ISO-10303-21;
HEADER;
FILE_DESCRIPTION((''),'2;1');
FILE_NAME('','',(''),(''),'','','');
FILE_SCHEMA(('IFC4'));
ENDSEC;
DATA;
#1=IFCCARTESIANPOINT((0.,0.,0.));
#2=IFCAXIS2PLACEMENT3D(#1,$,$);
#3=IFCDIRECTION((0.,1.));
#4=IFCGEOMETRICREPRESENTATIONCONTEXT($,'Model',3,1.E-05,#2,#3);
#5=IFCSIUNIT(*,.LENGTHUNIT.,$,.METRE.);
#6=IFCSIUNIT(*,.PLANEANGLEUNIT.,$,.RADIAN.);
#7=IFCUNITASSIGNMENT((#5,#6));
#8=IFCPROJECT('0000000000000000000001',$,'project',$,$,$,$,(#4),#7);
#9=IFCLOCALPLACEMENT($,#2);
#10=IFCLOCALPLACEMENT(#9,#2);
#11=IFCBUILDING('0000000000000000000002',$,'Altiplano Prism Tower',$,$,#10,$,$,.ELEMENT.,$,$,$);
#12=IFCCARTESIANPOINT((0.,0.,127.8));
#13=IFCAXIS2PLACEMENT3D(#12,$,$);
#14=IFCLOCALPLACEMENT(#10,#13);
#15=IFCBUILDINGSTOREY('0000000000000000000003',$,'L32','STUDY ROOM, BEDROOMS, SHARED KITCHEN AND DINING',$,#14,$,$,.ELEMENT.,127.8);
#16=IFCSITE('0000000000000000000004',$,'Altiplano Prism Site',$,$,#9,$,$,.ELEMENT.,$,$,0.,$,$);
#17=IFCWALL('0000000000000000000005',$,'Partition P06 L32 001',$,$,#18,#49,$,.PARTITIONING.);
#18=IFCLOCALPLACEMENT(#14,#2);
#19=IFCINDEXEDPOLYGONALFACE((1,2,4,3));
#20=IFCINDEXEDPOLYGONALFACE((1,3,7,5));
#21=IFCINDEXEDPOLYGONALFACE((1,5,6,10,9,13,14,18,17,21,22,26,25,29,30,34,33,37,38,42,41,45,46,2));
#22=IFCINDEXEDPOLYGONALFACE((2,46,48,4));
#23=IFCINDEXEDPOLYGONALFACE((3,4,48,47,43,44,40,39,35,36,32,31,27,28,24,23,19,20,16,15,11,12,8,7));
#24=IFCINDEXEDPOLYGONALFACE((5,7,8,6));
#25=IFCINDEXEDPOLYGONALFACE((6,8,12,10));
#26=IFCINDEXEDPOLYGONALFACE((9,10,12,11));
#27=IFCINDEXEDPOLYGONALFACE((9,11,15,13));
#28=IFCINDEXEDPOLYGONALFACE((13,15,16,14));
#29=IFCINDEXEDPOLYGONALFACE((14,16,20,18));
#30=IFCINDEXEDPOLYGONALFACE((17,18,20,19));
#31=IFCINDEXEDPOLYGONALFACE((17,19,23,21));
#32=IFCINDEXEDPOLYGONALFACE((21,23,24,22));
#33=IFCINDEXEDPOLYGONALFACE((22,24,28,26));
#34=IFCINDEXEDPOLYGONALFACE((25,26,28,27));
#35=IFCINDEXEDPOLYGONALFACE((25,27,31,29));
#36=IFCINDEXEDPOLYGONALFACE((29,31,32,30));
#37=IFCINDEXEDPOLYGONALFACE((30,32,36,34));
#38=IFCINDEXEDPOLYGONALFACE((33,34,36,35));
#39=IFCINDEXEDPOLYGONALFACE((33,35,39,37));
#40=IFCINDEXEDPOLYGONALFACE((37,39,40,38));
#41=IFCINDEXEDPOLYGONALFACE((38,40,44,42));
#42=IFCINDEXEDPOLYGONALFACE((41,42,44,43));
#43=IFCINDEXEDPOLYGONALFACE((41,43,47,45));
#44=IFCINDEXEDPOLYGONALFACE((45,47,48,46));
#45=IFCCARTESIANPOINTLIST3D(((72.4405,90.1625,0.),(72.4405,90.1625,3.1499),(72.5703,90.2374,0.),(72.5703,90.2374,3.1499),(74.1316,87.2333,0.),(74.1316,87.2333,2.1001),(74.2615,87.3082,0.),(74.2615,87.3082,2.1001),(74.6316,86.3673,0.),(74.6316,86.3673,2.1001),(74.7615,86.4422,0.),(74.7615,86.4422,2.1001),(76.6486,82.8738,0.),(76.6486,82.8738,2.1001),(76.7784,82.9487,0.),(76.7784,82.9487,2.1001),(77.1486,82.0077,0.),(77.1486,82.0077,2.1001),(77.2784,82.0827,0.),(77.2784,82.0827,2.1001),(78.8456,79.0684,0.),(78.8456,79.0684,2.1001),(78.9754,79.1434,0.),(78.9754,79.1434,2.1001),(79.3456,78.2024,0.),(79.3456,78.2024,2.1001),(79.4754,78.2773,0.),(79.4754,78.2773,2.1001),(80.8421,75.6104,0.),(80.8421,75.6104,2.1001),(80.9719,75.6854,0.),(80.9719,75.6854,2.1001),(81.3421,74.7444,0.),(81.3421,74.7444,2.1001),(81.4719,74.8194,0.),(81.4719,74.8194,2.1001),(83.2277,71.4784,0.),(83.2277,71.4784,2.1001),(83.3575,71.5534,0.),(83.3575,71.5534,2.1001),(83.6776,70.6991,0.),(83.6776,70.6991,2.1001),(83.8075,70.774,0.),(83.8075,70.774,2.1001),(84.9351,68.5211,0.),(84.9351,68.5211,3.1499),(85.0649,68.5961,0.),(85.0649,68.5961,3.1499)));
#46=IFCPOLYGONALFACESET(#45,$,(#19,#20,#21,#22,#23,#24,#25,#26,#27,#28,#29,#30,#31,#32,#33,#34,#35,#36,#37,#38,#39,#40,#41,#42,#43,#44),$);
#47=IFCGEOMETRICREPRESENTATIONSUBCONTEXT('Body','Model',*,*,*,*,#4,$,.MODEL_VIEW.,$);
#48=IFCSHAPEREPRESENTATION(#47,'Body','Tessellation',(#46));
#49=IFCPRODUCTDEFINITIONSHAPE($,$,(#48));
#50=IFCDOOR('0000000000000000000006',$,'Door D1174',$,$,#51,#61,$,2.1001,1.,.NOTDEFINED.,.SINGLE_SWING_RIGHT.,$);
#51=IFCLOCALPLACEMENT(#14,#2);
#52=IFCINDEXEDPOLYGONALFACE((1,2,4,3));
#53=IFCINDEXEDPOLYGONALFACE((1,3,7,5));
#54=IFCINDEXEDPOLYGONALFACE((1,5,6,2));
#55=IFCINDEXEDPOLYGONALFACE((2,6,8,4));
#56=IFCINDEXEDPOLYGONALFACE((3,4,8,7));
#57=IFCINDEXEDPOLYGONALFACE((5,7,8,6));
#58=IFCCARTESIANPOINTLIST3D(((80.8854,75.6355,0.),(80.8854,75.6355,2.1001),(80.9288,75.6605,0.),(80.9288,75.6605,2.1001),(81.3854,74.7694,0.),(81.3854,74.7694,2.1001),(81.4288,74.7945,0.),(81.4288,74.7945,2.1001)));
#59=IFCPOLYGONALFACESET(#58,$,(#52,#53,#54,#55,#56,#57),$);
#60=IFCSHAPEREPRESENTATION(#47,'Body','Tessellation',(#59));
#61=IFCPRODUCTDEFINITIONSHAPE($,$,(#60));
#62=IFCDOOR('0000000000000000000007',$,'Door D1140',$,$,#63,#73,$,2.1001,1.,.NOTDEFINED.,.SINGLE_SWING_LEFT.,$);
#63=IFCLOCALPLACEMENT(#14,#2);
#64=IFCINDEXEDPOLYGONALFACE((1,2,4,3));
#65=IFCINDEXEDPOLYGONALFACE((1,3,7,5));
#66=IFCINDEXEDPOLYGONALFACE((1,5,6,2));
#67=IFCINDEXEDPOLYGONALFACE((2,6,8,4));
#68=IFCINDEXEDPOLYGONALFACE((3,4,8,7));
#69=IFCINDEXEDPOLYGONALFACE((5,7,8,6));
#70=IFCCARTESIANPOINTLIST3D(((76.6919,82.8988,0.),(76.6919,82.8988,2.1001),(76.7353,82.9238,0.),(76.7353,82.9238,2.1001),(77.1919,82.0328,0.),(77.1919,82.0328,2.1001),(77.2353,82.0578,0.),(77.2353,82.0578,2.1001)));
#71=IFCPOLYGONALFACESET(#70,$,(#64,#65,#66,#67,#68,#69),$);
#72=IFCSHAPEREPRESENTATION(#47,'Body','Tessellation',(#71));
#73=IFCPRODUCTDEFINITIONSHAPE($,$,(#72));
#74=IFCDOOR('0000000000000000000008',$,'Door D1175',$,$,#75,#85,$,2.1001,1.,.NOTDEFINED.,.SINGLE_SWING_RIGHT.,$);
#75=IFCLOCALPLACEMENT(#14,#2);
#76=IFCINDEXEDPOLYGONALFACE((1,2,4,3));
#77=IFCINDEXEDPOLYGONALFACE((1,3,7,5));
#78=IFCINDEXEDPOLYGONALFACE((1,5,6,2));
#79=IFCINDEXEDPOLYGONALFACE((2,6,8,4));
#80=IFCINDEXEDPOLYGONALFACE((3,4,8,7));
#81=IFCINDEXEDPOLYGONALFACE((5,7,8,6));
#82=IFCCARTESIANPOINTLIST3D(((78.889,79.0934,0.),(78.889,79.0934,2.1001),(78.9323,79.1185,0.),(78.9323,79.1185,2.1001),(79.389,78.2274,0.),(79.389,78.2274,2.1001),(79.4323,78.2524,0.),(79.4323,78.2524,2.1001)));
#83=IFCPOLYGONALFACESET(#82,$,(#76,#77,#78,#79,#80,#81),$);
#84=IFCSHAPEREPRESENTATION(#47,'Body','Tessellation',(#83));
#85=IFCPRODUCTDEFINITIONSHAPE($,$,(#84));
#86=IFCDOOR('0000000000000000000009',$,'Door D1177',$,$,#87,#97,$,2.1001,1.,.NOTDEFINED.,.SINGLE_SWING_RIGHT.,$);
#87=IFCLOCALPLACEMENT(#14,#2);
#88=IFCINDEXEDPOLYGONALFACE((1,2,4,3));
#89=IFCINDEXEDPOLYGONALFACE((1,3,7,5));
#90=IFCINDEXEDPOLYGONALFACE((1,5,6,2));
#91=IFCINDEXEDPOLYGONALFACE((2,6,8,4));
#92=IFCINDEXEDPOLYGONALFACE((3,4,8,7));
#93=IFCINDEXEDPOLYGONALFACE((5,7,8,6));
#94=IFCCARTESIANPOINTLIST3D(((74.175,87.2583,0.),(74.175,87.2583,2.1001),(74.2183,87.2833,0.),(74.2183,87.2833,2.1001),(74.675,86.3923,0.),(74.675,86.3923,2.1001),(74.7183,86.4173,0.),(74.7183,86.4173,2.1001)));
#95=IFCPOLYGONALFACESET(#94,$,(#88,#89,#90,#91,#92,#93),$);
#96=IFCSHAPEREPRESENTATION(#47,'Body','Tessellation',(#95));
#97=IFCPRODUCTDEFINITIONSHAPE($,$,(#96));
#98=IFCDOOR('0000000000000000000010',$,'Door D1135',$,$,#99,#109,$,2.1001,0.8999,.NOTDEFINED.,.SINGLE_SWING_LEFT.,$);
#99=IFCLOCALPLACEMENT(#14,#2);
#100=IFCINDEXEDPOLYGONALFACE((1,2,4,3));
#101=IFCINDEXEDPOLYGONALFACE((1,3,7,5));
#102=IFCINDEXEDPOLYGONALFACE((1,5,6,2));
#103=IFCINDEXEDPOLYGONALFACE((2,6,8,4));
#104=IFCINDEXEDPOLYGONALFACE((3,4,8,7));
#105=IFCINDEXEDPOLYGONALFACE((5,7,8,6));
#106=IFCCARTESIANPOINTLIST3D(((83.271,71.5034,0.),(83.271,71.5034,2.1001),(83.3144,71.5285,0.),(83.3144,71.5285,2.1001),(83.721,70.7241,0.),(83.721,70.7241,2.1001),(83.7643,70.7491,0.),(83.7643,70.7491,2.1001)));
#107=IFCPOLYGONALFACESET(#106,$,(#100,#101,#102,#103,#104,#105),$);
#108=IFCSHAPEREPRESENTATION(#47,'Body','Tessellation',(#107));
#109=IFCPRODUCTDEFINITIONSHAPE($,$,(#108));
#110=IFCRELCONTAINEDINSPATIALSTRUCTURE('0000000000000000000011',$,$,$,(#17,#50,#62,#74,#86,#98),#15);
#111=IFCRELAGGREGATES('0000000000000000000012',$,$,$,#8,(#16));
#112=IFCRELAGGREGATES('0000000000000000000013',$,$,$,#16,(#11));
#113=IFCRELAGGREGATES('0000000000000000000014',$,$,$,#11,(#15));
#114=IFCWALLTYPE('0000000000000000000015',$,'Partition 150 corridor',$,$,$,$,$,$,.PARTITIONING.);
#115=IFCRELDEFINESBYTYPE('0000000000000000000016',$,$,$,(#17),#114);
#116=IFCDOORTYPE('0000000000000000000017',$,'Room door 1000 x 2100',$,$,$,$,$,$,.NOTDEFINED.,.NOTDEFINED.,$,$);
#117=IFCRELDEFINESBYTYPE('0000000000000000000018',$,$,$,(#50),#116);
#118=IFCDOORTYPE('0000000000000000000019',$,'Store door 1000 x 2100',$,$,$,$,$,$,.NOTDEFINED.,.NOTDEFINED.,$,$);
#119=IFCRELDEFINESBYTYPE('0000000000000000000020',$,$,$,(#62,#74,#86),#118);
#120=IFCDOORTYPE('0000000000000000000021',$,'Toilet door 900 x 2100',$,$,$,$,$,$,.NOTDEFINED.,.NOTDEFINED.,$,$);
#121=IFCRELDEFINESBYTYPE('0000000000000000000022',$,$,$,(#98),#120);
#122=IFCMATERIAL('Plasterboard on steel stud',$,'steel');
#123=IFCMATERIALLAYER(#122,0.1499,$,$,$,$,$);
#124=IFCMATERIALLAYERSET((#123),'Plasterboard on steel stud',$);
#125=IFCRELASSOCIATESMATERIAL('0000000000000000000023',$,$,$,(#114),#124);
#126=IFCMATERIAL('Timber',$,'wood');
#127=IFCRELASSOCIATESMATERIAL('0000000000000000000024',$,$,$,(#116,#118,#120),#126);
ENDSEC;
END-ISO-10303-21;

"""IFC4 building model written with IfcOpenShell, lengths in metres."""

from ifc_helpers import new_model, si_unit, direction, frame, frame_2d, origin, place, context, subcontext, project, spatial, rectangle, extrude, material, layer, layer_set, type_object, element, fill, save


model = new_model("IFC4")

# Units and contexts
model_context = context("Model", 3, precision=1e-05, world=origin(), true_north=direction((0.0, 1.0)))
body_context = subcontext(model_context, "Body", "Model", "MODEL_VIEW")
ifc_project = project(units=[si_unit("LENGTHUNIT", "METRE"), si_unit("PLANEANGLEUNIT", "RADIAN")], contexts=[model_context])

# Site, building, storey
site_placement = place(None, origin())
site = spatial("IfcSite", under=ifc_project, at=site_placement, Name="Altiplano Prism Site", CompositionType="ELEMENT", RefElevation=0.0)
building_placement = place(site_placement, origin())
building = spatial("IfcBuilding", under=site, at=building_placement, Name="Altiplano Prism Tower", CompositionType="ELEMENT")
storey_placement = place(building_placement, frame((0.0, 0.0, 127.8)))
storey = spatial("IfcBuildingStorey", under=building, at=storey_placement, Name="L32", Description="STUDY ROOM, BEDROOMS, SHARED KITCHEN AND DINING", CompositionType="ELEMENT", Elevation=127.8)

# Shared definitions
ifc_material_1 = material(Name="Plasterboard on steel stud", Category="steel")
ifc_material_2 = material(Name="Timber", Category="wood")

# Wall, openings, doors
ifc_layer_1 = layer(ifc_material_1, 0.1499)
ifc_layer_set_1 = layer_set([ifc_layer_1], Name="Plasterboard on steel stud")
wall_type_1 = type_object("IfcWallType", Name="Partition 150 corridor", PredefinedType="PARTITIONING", material=ifc_layer_set_1)
wall_1_placement = place(storey_placement, frame((85.0, 68.5586, 0.0), z_axis=(0.0, 0.0, 1.0), x_axis=(-0.5, 0.866026, 0.0)))
wall_1 = element("IfcWall", 1, at=wall_1_placement, inside=storey, type_object=wall_type_1, Name="Partition P06 L32 001", PredefinedType="PARTITIONING", context=body_context, shape_type="SweptSolid", body=[
    extrude(rectangle(XDim=24.9893, YDim=0.1499, at=frame_2d((12.4946, 0.0))), origin(), (0.0, 0.0, 1.0), 3.1499),
])
opening_1_placement = place(wall_1_placement, frame((2.5149, 0.0, 0.0)))
opening_1 = element("IfcOpeningElement", 2, at=opening_1_placement, cuts=wall_1, PredefinedType="OPENING", context=body_context, shape_type="SweptSolid", body=[
    extrude(rectangle(XDim=0.8999, YDim=2.1001, at=frame_2d((0.45, 1.05))), frame((0.0, 0.0854, 0.0), z_axis=(0.0, -1.0, 0.0), x_axis=(1.0, 0.0, 0.0)), (0.0, 0.0, 1.0), 0.1709),
])
opening_2_placement = place(wall_1_placement, frame((15.573, 0.0, 0.0)))
opening_2 = element("IfcOpeningElement", 3, at=opening_2_placement, cuts=wall_1, PredefinedType="OPENING", context=body_context, shape_type="SweptSolid", body=[
    extrude(rectangle(XDim=1.0, YDim=2.1001, at=frame_2d((0.5, 1.05))), frame((0.0, 0.0854, 0.0), z_axis=(0.0, -1.0, 0.0), x_axis=(1.0, 0.0, 0.0)), (0.0, 0.0, 1.0), 0.1709),
])
opening_3_placement = place(wall_1_placement, frame((7.186, 0.0, 0.0)))
opening_3 = element("IfcOpeningElement", 4, at=opening_3_placement, cuts=wall_1, PredefinedType="OPENING", context=body_context, shape_type="SweptSolid", body=[
    extrude(rectangle(XDim=1.0, YDim=2.1001, at=frame_2d((0.5, 1.05))), frame((0.0, 0.0854, 0.0), z_axis=(0.0, -1.0, 0.0), x_axis=(1.0, 0.0, 0.0)), (0.0, 0.0, 1.0), 0.1709),
])
opening_4_placement = place(wall_1_placement, frame((11.179, 0.0, 0.0)))
opening_4 = element("IfcOpeningElement", 5, at=opening_4_placement, cuts=wall_1, PredefinedType="OPENING", context=body_context, shape_type="SweptSolid", body=[
    extrude(rectangle(XDim=1.0, YDim=2.1001, at=frame_2d((0.5, 1.05))), frame((0.0, 0.0854, 0.0), z_axis=(0.0, -1.0, 0.0), x_axis=(1.0, 0.0, 0.0)), (0.0, 0.0, 1.0), 0.1709),
])
opening_5_placement = place(wall_1_placement, frame((20.6069, 0.0, 0.0)))
opening_5 = element("IfcOpeningElement", 6, at=opening_5_placement, cuts=wall_1, PredefinedType="OPENING", context=body_context, shape_type="SweptSolid", body=[
    extrude(rectangle(XDim=1.0, YDim=2.1001, at=frame_2d((0.5, 1.05))), frame((0.0, 0.0854, 0.0), z_axis=(0.0, -1.0, 0.0), x_axis=(1.0, 0.0, 0.0)), (0.0, 0.0, 1.0), 0.1709),
])
door_type_1 = type_object("IfcDoorType", Name="Room door 1000 x 2100", OperationType="NOTDEFINED", PredefinedType="NOTDEFINED", material=ifc_material_2)
door_1_placement = place(opening_3_placement, origin())
door_1 = element("IfcDoor", 7, at=door_1_placement, inside=storey, type_object=door_type_1, Name="Door D1174", OperationType="SINGLE_SWING_RIGHT", OverallHeight=2.1001, OverallWidth=1.0, PredefinedType="NOTDEFINED", context=body_context, shape_type="SweptSolid", body=[
    extrude(rectangle(XDim=1.0, YDim=2.1001, at=frame_2d((0.5, 1.05))), frame((0.0, 0.0249, 0.0), z_axis=(0.0, -1.0, 0.0), x_axis=(1.0, 0.0, 0.0)), (0.0, 0.0, 1.0), 0.05),
])
fill(opening_3, door_1)
door_type_2 = type_object("IfcDoorType", Name="Store door 1000 x 2100", OperationType="NOTDEFINED", PredefinedType="NOTDEFINED", material=ifc_material_2)
door_2_placement = place(opening_2_placement, origin())
door_2 = element("IfcDoor", 8, at=door_2_placement, inside=storey, type_object=door_type_2, Name="Door D1140", OperationType="SINGLE_SWING_LEFT", OverallHeight=2.1001, OverallWidth=1.0, PredefinedType="NOTDEFINED", context=body_context, shape_type="SweptSolid", body=[
    extrude(rectangle(XDim=1.0, YDim=2.1001, at=frame_2d((0.5, 1.05))), frame((0.0, 0.0249, 0.0), z_axis=(0.0, -1.0, 0.0), x_axis=(1.0, 0.0, 0.0)), (0.0, 0.0, 1.0), 0.05),
])
fill(opening_2, door_2)
door_3_placement = place(opening_4_placement, origin())
door_3 = element("IfcDoor", 9, at=door_3_placement, inside=storey, type_object=door_type_2, Name="Door D1175", OperationType="SINGLE_SWING_RIGHT", OverallHeight=2.1001, OverallWidth=1.0, PredefinedType="NOTDEFINED", context=body_context, shape_type="SweptSolid", body=[
    extrude(rectangle(XDim=1.0, YDim=2.1001, at=frame_2d((0.5, 1.05))), frame((0.0, 0.0249, 0.0), z_axis=(0.0, -1.0, 0.0), x_axis=(1.0, 0.0, 0.0)), (0.0, 0.0, 1.0), 0.05),
])
fill(opening_4, door_3)
door_4_placement = place(opening_5_placement, origin())
door_4 = element("IfcDoor", 10, at=door_4_placement, inside=storey, type_object=door_type_2, Name="Door D1177", OperationType="SINGLE_SWING_RIGHT", OverallHeight=2.1001, OverallWidth=1.0, PredefinedType="NOTDEFINED", context=body_context, shape_type="SweptSolid", body=[
    extrude(rectangle(XDim=1.0, YDim=2.1001, at=frame_2d((0.5, 1.05))), frame((0.0, 0.0249, 0.0), z_axis=(0.0, -1.0, 0.0), x_axis=(1.0, 0.0, 0.0)), (0.0, 0.0, 1.0), 0.05),
])
fill(opening_5, door_4)
door_type_3 = type_object("IfcDoorType", Name="Toilet door 900 x 2100", OperationType="NOTDEFINED", PredefinedType="NOTDEFINED", material=ifc_material_2)
door_5_placement = place(opening_1_placement, origin())
door_5 = element("IfcDoor", 11, at=door_5_placement, inside=storey, type_object=door_type_3, Name="Door D1135", OperationType="SINGLE_SWING_LEFT", OverallHeight=2.1001, OverallWidth=0.8999, PredefinedType="NOTDEFINED", context=body_context, shape_type="SweptSolid", body=[
    extrude(rectangle(XDim=0.8999, YDim=2.1001, at=frame_2d((0.45, 1.05))), frame((0.0, 0.0249, 0.0), z_axis=(0.0, -1.0, 0.0), x_axis=(1.0, 0.0, 0.0)), (0.0, 0.0, 1.0), 0.05),
])
fill(opening_1, door_5)

save(model, "model.ifc")
